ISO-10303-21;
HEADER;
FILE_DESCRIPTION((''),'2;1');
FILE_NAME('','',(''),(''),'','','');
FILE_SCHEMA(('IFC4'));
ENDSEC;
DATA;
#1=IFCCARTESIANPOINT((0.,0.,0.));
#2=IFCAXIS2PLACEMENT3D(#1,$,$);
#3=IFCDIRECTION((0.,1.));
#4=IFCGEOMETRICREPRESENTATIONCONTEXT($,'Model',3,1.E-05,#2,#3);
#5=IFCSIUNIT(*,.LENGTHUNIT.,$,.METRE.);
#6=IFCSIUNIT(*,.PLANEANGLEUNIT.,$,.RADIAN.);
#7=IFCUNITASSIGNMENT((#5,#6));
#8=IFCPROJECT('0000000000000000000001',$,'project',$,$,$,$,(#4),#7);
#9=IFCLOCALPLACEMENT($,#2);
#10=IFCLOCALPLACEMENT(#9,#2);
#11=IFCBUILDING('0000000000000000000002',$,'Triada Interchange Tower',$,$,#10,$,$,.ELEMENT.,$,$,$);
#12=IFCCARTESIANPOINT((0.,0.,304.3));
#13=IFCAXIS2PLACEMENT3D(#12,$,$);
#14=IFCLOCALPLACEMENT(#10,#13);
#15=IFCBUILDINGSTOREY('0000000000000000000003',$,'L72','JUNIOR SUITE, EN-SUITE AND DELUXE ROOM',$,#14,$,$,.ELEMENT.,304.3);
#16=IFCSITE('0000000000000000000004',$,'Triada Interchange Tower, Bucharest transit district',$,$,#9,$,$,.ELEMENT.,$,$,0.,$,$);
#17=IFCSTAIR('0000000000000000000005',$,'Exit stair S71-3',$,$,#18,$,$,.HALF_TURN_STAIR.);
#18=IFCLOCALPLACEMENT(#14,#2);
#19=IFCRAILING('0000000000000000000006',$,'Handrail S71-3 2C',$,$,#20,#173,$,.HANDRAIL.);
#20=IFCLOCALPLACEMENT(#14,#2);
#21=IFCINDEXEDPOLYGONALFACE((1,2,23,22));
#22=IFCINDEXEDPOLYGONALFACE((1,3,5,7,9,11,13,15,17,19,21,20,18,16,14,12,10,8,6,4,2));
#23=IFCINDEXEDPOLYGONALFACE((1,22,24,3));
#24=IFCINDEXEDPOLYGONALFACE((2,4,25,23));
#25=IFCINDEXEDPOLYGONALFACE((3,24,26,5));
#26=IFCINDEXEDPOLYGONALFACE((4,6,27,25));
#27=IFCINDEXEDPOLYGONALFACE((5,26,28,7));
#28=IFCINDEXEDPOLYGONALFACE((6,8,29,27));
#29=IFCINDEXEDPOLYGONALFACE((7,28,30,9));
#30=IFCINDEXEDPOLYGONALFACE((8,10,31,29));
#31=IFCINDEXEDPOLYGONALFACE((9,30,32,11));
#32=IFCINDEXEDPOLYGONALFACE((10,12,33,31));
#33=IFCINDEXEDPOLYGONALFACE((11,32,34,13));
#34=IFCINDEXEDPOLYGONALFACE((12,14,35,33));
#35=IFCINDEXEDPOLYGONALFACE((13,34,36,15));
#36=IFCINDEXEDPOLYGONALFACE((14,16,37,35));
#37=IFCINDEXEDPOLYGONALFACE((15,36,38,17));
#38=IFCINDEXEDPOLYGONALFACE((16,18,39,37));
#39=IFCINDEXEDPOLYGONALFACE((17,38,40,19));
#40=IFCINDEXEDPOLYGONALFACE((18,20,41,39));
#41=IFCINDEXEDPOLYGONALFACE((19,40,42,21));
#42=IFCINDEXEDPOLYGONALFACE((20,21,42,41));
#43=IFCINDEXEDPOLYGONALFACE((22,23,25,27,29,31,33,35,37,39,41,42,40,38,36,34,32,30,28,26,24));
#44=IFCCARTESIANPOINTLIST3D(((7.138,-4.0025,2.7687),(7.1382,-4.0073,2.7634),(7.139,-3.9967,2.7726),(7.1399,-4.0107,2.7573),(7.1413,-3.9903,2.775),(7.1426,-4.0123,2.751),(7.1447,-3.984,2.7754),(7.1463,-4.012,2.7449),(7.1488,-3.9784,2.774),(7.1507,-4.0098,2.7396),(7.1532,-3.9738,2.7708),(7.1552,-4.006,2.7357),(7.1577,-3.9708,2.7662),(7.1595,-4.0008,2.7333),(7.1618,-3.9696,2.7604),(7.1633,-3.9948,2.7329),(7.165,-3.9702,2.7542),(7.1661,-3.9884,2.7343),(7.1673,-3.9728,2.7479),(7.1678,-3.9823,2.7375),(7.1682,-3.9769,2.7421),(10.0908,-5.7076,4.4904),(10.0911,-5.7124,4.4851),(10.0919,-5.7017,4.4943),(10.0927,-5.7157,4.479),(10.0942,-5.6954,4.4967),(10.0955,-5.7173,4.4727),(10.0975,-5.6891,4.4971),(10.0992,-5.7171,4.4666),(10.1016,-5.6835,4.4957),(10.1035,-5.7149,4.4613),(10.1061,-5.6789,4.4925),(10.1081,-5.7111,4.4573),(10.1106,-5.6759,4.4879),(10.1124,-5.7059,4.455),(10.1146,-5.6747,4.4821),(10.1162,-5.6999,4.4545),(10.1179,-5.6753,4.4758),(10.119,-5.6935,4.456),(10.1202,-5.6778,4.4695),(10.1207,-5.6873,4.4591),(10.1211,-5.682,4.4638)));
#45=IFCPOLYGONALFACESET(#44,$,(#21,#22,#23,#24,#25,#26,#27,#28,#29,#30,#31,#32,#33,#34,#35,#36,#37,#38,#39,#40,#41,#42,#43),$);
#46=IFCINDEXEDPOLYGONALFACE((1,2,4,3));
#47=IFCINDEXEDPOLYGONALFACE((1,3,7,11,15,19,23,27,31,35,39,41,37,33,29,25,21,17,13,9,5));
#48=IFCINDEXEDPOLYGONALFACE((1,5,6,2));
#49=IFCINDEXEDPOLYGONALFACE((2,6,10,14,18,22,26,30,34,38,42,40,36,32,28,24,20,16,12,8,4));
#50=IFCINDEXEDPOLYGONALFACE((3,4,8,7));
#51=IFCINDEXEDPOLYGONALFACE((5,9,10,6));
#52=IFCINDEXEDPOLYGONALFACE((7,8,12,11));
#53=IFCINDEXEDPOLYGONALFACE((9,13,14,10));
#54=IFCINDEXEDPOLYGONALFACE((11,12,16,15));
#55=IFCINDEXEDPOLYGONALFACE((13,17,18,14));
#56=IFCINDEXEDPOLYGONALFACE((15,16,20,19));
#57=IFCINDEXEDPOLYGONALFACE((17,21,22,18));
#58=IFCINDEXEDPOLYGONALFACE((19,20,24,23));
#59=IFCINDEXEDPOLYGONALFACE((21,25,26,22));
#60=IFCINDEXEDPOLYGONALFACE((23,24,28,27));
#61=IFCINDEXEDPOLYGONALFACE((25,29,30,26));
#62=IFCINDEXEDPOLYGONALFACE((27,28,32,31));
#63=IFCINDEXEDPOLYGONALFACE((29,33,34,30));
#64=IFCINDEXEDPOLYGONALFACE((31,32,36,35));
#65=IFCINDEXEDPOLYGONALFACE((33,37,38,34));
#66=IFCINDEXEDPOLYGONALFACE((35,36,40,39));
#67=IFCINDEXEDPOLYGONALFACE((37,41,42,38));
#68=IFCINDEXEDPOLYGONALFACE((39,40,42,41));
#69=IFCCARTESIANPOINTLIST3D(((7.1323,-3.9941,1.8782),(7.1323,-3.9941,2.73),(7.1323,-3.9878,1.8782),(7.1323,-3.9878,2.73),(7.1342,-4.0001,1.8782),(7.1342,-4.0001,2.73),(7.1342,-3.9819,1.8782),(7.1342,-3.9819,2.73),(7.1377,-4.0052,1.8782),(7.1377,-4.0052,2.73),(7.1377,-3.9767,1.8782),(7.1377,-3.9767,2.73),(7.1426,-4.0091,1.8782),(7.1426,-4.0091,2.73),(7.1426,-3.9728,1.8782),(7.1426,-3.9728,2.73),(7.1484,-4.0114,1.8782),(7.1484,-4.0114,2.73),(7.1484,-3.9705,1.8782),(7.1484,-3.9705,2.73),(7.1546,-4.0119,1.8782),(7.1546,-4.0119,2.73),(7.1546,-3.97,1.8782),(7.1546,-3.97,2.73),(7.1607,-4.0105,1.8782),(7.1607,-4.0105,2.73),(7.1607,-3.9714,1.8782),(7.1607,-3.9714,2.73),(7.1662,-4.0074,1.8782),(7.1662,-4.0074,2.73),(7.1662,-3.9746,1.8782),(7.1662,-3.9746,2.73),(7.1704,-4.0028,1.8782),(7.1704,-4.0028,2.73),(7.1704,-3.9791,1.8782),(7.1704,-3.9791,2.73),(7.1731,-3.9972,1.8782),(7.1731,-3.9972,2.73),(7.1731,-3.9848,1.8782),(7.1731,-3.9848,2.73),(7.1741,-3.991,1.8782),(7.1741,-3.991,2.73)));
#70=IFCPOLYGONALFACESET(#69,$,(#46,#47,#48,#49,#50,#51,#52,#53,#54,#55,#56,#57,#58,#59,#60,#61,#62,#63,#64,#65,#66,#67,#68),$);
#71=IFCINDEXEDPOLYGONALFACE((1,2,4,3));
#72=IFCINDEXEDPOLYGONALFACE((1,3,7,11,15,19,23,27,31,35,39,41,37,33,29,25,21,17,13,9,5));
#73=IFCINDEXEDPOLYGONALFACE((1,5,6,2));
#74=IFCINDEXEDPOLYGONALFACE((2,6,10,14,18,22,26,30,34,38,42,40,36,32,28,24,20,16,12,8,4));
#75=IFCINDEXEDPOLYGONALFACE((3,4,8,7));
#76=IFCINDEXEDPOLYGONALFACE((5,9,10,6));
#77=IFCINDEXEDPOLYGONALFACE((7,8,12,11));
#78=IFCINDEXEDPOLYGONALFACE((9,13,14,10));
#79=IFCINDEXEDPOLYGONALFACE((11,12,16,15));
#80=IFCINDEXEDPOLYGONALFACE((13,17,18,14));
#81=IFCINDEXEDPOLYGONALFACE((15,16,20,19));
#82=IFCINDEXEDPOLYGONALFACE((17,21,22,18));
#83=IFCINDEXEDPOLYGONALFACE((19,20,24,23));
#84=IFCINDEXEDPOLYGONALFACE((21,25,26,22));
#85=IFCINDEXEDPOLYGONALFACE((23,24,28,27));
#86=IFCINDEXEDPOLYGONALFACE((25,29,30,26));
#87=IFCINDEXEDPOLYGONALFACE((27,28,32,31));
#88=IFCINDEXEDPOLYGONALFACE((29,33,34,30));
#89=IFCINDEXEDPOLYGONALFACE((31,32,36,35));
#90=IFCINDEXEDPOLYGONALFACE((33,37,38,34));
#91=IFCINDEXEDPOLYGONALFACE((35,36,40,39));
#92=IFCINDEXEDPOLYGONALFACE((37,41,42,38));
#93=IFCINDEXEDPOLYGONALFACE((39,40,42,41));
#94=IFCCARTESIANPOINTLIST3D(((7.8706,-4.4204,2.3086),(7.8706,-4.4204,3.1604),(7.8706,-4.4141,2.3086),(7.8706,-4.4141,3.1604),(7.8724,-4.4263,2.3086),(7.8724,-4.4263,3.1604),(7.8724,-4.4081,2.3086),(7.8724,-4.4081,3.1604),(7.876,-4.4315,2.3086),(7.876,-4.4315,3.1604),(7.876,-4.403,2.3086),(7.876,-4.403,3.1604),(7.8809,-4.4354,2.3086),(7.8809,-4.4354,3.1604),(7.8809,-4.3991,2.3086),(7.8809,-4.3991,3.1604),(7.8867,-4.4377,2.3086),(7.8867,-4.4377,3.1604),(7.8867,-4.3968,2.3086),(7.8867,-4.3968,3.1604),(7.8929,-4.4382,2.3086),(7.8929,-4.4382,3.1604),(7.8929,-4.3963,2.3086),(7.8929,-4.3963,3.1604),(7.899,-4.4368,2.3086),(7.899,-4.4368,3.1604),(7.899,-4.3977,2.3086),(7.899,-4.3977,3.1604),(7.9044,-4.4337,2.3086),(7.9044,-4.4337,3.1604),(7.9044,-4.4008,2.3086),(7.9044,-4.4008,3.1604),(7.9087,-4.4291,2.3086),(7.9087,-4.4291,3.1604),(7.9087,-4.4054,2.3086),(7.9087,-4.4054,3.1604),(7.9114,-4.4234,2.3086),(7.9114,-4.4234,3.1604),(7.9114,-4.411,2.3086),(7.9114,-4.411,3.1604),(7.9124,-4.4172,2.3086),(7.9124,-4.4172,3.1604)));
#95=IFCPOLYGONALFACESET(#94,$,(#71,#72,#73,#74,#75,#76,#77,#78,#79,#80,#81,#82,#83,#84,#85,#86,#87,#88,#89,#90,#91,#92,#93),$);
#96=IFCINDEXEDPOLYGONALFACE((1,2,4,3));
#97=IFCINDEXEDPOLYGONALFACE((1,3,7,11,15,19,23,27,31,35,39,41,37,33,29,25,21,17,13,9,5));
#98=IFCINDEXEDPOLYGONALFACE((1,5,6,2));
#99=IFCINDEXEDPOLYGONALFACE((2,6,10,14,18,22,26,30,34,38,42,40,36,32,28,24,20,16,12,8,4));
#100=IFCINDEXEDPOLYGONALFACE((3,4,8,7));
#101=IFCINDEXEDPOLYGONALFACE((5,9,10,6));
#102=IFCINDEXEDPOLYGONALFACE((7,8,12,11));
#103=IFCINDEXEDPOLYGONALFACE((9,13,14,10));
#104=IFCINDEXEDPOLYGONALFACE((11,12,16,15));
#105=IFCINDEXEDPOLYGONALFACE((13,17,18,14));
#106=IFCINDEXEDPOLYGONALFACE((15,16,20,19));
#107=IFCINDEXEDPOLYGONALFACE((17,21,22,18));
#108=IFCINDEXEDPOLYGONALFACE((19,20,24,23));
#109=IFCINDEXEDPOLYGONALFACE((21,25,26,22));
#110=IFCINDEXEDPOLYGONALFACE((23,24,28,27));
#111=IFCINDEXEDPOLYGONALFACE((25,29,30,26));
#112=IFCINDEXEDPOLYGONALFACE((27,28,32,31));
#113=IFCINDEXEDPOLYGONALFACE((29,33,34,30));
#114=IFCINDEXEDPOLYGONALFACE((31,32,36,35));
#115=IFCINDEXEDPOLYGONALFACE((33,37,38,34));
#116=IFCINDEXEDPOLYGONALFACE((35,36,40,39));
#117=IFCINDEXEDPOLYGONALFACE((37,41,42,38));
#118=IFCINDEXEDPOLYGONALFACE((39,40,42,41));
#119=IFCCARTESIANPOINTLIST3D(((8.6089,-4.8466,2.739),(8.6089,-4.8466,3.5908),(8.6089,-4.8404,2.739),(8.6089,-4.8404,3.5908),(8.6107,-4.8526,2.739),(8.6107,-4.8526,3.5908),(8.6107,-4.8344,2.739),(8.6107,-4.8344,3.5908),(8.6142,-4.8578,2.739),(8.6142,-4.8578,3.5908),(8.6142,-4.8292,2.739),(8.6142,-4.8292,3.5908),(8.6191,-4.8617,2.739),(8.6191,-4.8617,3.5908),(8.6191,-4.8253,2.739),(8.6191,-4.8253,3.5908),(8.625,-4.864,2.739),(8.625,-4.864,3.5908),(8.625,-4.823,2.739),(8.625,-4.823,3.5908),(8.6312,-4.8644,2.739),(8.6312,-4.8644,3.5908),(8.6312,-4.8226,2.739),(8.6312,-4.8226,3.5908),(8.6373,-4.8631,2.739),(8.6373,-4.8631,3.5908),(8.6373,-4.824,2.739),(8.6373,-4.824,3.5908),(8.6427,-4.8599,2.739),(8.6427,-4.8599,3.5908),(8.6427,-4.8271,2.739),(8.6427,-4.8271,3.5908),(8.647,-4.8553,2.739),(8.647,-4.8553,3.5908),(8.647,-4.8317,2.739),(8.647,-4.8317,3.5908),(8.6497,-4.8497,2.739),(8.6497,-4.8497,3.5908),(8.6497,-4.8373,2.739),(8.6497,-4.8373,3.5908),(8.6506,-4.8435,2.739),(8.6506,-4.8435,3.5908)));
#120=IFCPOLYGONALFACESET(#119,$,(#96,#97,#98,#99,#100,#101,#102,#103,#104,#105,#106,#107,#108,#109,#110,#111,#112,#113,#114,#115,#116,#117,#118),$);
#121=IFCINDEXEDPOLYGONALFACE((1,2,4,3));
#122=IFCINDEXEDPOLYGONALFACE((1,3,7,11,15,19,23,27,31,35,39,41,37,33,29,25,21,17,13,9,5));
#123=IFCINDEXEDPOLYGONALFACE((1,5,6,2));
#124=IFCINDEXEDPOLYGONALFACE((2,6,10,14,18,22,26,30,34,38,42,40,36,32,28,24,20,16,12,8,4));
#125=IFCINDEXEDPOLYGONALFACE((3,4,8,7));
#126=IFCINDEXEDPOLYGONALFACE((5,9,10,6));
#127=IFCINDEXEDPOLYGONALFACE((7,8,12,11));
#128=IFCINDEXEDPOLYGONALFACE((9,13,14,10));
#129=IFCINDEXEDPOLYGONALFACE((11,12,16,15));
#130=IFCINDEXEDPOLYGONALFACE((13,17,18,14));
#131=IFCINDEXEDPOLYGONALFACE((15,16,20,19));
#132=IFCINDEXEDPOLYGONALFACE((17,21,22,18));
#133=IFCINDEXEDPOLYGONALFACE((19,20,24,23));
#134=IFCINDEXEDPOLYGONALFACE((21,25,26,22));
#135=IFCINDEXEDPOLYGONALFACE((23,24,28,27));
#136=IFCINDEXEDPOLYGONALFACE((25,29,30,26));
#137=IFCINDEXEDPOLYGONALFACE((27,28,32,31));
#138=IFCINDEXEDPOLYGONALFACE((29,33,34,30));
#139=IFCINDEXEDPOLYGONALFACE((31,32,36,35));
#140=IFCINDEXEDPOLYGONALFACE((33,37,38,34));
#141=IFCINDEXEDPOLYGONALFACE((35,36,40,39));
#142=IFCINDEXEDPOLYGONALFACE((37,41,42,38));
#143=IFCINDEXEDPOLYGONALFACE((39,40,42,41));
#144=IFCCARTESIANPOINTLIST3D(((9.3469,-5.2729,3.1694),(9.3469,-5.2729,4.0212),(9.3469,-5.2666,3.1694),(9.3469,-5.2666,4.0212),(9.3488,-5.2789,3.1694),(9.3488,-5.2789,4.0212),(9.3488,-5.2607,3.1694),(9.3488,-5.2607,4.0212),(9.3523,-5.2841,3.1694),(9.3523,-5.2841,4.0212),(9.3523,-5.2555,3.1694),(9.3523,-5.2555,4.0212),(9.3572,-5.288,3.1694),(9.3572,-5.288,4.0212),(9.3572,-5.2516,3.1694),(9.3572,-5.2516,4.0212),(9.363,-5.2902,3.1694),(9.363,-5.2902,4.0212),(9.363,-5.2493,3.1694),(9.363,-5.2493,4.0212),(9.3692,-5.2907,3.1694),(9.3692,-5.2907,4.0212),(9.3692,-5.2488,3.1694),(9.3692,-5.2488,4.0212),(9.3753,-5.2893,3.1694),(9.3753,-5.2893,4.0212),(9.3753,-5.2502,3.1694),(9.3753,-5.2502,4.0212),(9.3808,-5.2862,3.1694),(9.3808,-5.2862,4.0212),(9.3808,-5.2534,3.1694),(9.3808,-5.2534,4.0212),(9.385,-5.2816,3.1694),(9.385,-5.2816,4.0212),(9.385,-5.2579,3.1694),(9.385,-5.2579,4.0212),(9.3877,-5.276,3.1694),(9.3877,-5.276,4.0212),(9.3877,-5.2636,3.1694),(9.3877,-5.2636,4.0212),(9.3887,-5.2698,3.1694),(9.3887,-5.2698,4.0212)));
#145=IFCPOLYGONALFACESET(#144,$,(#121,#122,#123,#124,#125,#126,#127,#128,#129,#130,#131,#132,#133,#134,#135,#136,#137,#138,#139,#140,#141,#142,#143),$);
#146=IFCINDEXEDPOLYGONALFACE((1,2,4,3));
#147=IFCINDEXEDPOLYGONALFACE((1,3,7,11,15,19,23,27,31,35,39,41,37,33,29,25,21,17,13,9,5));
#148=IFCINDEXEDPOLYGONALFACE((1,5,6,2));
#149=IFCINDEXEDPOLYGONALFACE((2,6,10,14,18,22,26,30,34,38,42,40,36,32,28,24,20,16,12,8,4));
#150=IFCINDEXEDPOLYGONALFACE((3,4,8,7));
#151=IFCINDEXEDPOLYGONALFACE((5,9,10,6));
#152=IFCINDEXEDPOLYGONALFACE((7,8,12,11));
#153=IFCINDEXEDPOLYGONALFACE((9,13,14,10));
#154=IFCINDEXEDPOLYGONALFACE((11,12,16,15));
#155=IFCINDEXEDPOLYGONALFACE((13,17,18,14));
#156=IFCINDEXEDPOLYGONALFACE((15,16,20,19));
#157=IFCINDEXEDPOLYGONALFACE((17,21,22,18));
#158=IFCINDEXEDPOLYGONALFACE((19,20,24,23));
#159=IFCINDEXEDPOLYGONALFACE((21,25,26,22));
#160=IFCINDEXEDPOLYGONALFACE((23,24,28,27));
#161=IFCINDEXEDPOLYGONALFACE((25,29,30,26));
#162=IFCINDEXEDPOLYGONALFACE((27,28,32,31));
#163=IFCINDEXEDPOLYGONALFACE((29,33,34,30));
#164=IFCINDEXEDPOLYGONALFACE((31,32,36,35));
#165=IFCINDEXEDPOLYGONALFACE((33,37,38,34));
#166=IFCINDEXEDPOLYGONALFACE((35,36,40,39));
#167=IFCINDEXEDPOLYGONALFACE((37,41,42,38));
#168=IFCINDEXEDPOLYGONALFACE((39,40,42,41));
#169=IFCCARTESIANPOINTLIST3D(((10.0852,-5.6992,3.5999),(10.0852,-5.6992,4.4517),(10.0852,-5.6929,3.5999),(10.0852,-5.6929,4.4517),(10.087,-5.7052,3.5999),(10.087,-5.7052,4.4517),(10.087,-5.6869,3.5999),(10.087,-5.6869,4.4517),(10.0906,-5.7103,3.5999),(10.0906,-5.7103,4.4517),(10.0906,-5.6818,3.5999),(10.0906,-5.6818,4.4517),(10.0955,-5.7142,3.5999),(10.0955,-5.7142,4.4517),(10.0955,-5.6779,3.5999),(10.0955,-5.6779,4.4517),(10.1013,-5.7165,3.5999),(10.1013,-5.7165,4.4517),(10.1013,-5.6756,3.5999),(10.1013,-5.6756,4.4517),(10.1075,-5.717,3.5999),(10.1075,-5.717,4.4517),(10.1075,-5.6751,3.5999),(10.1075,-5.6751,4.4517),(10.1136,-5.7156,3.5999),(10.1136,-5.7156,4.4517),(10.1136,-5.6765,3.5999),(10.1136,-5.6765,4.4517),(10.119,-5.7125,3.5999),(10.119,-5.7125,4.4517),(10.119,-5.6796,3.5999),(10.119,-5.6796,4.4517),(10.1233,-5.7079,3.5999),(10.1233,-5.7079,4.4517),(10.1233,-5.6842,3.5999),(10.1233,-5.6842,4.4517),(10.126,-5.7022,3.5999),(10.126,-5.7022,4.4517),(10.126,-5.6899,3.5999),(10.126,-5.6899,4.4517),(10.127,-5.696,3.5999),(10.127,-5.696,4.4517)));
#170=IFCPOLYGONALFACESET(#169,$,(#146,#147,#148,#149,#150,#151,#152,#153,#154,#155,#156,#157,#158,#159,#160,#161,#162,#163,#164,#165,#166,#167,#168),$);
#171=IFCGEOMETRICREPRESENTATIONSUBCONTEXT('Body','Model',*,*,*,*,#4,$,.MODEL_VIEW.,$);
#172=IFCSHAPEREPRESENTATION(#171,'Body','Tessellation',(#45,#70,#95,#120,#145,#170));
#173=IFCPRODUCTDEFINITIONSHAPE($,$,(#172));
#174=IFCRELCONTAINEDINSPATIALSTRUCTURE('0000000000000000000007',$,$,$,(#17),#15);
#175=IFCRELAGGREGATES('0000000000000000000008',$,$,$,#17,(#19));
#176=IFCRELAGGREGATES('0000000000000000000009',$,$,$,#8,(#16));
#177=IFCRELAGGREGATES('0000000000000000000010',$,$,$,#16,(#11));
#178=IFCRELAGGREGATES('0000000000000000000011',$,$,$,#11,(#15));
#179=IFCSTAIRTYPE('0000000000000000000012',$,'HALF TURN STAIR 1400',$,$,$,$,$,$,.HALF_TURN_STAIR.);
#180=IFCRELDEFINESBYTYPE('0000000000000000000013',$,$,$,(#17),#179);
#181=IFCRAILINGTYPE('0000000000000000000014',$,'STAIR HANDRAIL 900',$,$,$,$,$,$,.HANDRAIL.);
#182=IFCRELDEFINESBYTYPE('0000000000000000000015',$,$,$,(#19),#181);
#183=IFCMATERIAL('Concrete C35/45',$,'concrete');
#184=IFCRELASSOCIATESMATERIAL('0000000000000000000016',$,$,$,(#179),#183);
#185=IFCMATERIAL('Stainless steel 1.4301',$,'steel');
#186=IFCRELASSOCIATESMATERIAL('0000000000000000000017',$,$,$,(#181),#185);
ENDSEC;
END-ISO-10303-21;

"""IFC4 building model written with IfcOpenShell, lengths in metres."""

from ifc_helpers import new_model, si_unit, direction, frame, origin, origin_2d, place, context, subcontext, project, spatial, circle, extrude, material, type_object, element, aggregate, save


model = new_model("IFC4")

# Units and contexts
model_context = context("Model", 3, precision=1e-05, world=origin(), true_north=direction((0.0, 1.0)))
body_context = subcontext(model_context, "Body", "Model", "MODEL_VIEW")
ifc_project = project(units=[si_unit("LENGTHUNIT", "METRE"), si_unit("PLANEANGLEUNIT", "RADIAN")], contexts=[model_context])

# Site, building, storey
site_placement = place(None, origin())
site = spatial("IfcSite", under=ifc_project, at=site_placement, Name="Triada Interchange Tower, Bucharest transit district", CompositionType="ELEMENT", RefElevation=0.0)
building_placement = place(site_placement, origin())
building = spatial("IfcBuilding", under=site, at=building_placement, Name="Triada Interchange Tower", CompositionType="ELEMENT")
storey_placement = place(building_placement, frame((0.0, 0.0, 304.3)))
storey = spatial("IfcBuildingStorey", under=building, at=storey_placement, Name="L72", Description="JUNIOR SUITE, EN-SUITE AND DELUXE ROOM", CompositionType="ELEMENT", Elevation=304.3)

# Stair, railing
ifc_material_1 = material(Name="Concrete C35/45", Category="concrete")
stair_type = type_object("IfcStairType", Name="HALF TURN STAIR 1400", PredefinedType="HALF_TURN_STAIR", material=ifc_material_1)
stair_placement = place(storey_placement, origin())
stair = element("IfcStair", 1, at=stair_placement, inside=storey, type_object=stair_type, Name="Exit stair S71-3", PredefinedType="HALF_TURN_STAIR")
ifc_material_2 = material(Name="Stainless steel 1.4301", Category="steel")
railing_type = type_object("IfcRailingType", Name="STAIR HANDRAIL 900", PredefinedType="HANDRAIL", material=ifc_material_2)
railing_1_placement = place(storey_placement, frame((7.1531, -3.991, 1.8782)))
railing_1 = element("IfcRailing", 2, at=railing_1_placement, type_object=railing_type, Name="Handrail S71-3 2C", PredefinedType="HANDRAIL", context=body_context, shape_type="SweptSolid", body=[
    extrude(circle(Radius=0.0239, at=origin_2d()), frame((0.0, 0.0, 0.876), z_axis=(0.773043, -0.446377, 0.450723), x_axis=(0.500051, 0.865996, 0.0)), (0.0, 0.0, 1.0), 3.8198),
    extrude(circle(Radius=0.021, at=origin_2d()), origin(), (0.0, 0.0, 1.0), 0.8518),
    extrude(circle(Radius=0.021, at=origin_2d()), frame((0.7383, -0.4263, 0.4304)), (0.0, 0.0, 1.0), 0.8518),
    extrude(circle(Radius=0.021, at=origin_2d()), frame((1.4766, -0.8525, 0.8608)), (0.0, 0.0, 1.0), 0.8518),
    extrude(circle(Radius=0.021, at=origin_2d()), frame((2.2146, -1.2788, 1.2913)), (0.0, 0.0, 1.0), 0.8518),
    extrude(circle(Radius=0.021, at=origin_2d()), frame((2.9529, -1.7051, 1.7217)), (0.0, 0.0, 1.0), 0.8518),
])
aggregate(stair, [railing_1])

save(model, "model.ifc")
